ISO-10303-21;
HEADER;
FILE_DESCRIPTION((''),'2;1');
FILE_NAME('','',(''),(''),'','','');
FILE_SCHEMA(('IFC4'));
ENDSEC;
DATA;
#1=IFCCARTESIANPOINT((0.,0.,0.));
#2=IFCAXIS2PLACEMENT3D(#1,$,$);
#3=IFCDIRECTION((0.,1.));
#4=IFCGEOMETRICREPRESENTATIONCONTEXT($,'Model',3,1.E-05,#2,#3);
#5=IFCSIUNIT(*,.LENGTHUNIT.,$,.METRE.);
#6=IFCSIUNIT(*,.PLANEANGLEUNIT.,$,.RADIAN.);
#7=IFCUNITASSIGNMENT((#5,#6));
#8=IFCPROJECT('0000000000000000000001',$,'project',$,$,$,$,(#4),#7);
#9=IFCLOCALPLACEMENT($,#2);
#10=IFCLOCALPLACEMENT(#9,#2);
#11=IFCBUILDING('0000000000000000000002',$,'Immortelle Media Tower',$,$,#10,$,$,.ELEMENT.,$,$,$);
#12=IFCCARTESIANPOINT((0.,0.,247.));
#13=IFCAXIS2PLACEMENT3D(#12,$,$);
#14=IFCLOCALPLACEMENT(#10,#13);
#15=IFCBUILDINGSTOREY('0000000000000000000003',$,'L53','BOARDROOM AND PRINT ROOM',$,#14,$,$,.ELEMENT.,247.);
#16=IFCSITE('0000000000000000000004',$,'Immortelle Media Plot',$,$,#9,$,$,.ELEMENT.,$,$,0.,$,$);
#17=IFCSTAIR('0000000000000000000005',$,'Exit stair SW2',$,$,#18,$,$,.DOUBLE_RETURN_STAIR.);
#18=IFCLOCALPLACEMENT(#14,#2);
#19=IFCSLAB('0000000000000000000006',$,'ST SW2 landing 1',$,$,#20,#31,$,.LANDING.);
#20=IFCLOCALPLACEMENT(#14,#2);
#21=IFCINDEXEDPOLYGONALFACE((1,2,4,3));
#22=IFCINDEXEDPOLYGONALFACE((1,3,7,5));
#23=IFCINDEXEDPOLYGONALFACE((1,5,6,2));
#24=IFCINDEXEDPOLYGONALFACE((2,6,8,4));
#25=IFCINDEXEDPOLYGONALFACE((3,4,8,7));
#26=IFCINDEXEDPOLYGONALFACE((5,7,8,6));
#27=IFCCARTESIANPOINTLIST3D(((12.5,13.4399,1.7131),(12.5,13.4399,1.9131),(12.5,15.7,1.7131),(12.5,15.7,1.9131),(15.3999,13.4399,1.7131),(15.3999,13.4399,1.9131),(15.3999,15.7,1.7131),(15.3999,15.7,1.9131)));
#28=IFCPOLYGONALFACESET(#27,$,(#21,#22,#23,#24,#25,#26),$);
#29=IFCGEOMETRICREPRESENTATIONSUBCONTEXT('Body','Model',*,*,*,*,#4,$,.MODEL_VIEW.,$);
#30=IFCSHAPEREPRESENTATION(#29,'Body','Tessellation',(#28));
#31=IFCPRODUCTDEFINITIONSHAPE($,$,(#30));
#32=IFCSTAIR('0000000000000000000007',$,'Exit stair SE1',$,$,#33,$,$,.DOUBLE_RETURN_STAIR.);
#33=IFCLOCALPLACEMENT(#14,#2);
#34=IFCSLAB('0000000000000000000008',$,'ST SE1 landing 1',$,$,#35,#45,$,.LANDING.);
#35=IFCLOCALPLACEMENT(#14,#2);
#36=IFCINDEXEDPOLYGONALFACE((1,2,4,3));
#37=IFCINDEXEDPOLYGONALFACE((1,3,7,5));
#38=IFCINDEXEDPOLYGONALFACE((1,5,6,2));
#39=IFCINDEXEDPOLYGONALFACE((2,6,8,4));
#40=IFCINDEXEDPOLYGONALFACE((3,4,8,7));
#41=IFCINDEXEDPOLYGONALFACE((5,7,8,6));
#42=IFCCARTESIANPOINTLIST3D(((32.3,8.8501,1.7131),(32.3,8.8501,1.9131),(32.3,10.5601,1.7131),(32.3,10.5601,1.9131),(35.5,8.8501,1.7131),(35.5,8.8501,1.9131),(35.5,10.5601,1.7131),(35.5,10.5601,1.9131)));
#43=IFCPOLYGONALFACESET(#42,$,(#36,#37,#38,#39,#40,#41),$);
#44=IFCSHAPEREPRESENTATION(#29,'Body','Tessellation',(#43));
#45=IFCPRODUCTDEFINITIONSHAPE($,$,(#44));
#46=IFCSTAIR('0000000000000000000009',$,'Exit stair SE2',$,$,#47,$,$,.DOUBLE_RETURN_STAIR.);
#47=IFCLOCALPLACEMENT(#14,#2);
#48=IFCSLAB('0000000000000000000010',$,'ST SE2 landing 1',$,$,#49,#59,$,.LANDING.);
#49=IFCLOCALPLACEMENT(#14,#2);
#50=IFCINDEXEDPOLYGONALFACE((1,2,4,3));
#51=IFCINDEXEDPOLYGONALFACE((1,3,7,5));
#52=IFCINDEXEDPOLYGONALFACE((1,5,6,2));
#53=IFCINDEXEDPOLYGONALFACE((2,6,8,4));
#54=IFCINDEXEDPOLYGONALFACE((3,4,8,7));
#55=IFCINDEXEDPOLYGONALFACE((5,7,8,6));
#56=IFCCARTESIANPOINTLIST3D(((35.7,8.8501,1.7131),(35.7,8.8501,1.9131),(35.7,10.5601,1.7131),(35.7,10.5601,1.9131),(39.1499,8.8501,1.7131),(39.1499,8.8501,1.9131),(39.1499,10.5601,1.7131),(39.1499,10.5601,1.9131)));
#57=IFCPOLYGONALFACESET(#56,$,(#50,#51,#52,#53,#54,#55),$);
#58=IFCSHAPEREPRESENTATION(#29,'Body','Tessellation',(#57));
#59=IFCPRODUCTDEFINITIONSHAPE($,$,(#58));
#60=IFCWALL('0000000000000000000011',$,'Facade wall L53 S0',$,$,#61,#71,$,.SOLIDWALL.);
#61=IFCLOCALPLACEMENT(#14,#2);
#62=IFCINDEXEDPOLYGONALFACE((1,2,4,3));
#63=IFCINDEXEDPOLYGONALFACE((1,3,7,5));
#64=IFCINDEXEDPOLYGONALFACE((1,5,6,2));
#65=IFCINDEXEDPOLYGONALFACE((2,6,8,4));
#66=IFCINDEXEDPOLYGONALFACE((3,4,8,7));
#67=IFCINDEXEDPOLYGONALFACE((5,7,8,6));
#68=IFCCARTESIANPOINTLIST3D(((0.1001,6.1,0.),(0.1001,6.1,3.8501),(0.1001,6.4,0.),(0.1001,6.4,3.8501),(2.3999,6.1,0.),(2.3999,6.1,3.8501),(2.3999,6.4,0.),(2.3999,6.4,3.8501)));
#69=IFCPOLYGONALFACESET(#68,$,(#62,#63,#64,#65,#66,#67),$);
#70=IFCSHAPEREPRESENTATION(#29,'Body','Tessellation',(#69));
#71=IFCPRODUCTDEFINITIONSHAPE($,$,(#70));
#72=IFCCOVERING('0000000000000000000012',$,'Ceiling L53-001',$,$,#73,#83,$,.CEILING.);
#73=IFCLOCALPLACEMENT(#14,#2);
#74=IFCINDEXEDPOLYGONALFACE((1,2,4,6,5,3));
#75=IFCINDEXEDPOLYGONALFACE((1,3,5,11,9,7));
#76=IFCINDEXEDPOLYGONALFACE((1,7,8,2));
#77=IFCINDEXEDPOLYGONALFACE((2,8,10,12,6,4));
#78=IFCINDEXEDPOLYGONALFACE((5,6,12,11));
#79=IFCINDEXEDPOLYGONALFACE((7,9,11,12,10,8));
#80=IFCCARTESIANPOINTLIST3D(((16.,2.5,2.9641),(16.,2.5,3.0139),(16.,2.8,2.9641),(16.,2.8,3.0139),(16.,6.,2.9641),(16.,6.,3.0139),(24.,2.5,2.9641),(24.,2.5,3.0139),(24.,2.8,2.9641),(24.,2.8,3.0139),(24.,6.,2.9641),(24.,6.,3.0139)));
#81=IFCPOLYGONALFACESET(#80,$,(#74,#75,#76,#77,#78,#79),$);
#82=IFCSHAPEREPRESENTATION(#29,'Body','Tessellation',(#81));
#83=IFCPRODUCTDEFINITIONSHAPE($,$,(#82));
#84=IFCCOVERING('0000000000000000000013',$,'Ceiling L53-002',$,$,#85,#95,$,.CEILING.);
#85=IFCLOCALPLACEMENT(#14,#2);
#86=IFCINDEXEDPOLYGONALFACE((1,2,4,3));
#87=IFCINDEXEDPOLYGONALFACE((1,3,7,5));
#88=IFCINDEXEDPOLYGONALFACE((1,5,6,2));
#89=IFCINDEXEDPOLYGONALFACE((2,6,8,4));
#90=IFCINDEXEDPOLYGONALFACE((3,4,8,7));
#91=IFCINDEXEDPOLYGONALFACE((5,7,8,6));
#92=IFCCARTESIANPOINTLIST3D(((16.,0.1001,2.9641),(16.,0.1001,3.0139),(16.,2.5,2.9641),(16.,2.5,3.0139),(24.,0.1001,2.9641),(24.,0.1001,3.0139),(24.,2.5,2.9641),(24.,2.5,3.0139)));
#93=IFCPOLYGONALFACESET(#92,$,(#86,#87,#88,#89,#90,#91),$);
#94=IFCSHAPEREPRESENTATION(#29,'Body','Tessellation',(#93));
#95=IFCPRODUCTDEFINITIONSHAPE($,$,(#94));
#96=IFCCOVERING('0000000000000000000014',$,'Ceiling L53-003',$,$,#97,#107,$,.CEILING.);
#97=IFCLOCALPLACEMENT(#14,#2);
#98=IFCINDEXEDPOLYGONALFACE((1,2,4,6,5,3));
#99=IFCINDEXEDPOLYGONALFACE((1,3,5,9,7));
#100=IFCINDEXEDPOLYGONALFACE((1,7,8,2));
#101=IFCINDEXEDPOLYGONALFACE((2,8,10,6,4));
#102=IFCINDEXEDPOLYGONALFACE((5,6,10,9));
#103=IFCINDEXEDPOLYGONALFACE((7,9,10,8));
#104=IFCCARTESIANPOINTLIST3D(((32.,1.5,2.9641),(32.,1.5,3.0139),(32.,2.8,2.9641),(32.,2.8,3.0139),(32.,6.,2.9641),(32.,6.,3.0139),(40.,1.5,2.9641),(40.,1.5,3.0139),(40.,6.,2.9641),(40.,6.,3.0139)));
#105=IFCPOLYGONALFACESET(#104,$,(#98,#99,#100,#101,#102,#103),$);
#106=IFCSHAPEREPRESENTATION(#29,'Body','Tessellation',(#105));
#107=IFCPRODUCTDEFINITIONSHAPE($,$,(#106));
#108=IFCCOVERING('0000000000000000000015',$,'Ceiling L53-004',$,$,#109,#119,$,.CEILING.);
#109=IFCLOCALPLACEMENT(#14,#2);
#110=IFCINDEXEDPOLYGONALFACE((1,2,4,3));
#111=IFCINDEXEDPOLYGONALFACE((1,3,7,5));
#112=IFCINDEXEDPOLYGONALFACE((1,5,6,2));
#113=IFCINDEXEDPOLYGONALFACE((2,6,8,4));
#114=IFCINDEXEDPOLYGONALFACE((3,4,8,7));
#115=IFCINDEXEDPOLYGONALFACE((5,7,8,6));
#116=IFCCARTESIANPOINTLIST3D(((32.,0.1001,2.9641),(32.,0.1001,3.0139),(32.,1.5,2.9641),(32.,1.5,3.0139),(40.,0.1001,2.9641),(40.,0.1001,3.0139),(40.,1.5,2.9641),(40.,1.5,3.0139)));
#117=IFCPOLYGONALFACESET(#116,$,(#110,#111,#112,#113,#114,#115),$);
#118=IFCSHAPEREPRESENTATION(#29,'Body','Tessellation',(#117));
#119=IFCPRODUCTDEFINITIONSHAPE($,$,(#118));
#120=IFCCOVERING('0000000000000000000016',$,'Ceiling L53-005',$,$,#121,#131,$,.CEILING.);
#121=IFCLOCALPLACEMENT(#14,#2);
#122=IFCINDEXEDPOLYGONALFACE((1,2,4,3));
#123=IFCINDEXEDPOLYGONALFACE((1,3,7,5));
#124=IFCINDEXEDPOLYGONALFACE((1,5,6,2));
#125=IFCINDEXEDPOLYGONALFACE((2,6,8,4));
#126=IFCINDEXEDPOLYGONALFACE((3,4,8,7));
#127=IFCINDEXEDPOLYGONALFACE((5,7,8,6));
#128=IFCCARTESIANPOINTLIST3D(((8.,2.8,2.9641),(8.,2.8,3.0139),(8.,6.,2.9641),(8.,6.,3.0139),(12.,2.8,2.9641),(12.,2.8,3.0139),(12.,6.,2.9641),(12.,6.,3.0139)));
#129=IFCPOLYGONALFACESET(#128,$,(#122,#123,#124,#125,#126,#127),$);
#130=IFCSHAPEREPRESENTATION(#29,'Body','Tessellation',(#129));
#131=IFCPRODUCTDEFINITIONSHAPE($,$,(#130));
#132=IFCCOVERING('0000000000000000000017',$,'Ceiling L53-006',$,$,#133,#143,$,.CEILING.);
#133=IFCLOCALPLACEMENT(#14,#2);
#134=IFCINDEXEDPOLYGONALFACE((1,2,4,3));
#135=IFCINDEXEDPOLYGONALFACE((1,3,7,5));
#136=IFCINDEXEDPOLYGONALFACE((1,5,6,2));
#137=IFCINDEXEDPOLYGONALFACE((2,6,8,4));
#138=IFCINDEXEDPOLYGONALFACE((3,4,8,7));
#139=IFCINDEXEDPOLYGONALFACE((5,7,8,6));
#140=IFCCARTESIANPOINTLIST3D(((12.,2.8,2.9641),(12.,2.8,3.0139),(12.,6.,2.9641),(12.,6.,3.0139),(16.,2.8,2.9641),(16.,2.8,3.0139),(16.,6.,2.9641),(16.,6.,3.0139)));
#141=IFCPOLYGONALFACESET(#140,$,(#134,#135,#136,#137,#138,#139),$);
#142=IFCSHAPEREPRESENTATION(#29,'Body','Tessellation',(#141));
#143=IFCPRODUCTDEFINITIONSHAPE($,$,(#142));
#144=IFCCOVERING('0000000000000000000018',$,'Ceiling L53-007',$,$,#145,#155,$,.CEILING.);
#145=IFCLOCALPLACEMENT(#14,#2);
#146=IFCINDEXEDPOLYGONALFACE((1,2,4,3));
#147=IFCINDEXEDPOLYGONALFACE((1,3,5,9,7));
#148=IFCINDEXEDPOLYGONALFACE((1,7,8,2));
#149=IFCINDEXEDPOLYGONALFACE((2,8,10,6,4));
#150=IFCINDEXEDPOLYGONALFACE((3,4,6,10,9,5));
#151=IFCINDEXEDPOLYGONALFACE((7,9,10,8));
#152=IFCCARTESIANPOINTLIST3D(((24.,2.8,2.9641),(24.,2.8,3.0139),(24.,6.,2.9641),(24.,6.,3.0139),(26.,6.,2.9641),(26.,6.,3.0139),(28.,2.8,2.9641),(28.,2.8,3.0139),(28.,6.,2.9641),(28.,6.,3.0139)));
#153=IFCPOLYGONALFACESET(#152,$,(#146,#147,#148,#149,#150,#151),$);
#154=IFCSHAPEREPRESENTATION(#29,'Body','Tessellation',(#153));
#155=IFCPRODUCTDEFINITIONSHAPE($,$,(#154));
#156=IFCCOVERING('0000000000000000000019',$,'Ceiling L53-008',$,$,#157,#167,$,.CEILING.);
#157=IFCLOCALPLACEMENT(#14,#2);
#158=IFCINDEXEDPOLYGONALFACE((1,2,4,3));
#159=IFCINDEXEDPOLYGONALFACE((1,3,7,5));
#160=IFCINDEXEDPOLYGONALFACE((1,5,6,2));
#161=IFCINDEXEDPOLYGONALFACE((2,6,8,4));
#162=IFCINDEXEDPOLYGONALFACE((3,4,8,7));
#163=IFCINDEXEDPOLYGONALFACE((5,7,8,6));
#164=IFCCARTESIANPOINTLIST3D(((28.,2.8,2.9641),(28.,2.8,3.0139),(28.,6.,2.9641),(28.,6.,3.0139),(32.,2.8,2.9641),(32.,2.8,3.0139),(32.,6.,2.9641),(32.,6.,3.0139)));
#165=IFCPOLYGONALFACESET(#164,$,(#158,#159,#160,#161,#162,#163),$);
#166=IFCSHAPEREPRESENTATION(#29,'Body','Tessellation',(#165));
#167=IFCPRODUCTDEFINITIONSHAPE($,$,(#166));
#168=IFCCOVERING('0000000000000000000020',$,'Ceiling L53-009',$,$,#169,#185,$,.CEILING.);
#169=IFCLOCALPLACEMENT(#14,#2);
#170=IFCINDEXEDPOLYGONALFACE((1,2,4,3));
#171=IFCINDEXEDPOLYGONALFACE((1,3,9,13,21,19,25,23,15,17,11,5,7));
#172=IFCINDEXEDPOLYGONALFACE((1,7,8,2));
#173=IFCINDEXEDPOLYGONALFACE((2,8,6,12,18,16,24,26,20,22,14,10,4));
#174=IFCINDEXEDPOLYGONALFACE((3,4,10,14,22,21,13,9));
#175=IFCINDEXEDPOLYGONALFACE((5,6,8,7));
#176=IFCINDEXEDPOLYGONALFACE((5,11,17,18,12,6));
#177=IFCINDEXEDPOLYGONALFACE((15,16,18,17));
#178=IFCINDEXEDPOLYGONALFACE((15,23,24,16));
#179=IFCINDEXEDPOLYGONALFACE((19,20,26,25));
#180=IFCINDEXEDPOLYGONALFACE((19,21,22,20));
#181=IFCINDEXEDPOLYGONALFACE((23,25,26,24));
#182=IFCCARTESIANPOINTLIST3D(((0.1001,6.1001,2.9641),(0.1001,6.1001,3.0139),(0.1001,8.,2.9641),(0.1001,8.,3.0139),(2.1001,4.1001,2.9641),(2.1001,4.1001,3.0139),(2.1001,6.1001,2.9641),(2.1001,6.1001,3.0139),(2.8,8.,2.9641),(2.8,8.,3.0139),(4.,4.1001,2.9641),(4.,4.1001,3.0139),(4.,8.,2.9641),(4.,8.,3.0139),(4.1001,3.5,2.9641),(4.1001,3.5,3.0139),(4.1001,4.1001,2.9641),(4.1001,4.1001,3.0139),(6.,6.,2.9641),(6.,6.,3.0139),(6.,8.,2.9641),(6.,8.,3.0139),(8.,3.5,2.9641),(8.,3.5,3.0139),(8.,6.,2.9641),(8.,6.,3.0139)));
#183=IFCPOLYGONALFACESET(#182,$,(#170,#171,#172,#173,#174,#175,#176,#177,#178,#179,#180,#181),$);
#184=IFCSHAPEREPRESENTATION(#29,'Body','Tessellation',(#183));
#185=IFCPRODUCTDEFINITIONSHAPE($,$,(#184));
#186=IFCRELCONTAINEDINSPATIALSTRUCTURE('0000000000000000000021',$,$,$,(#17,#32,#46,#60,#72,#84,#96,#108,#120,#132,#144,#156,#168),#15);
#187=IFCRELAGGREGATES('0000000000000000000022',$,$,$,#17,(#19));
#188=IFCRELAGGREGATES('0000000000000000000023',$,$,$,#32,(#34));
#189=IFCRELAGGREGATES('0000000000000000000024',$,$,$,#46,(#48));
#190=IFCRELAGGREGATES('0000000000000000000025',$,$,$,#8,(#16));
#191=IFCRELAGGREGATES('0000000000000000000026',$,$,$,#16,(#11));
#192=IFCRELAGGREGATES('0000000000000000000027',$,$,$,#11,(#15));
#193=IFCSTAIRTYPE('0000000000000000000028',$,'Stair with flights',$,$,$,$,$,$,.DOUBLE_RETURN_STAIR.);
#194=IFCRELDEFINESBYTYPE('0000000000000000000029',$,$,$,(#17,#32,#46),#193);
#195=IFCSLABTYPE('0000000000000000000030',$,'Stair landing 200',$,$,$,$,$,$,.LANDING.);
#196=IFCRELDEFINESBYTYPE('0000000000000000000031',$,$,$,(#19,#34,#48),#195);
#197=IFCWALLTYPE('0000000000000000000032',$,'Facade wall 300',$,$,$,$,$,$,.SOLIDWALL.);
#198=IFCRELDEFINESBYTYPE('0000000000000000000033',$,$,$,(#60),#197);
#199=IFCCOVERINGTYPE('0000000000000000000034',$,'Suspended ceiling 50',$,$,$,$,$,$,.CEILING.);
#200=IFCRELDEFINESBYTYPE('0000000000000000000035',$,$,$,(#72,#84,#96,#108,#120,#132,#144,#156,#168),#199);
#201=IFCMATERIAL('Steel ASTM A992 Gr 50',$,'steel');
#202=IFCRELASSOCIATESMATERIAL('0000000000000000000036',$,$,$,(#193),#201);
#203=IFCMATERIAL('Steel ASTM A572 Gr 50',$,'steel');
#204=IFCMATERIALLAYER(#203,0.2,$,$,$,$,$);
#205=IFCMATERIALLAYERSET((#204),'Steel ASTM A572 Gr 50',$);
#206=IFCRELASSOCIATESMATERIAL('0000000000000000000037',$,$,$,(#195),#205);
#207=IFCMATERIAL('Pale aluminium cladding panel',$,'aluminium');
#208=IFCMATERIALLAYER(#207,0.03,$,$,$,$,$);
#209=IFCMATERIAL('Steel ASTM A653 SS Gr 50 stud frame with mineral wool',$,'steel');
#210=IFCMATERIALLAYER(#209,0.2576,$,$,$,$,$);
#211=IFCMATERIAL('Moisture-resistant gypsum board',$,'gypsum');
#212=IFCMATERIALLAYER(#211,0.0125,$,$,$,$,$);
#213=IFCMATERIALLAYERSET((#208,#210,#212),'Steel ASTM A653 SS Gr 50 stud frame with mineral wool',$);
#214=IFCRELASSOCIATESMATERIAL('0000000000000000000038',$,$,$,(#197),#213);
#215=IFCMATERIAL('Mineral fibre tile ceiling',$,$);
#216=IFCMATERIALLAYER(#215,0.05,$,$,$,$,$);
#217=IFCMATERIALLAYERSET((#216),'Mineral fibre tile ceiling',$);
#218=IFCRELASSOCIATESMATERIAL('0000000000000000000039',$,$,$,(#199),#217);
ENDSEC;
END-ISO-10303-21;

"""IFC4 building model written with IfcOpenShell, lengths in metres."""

from ifc_helpers import new_model, si_unit, direction, frame, frame_2d, origin, place, context, subcontext, project, spatial, polyline, rectangle, outline, extrude, material, layer, layer_set, type_object, element, aggregate, save


model = new_model("IFC4")

# Units and contexts
model_context = context("Model", 3, precision=1e-05, world=origin(), true_north=direction((0.0, 1.0)))
body_context = subcontext(model_context, "Body", "Model", "MODEL_VIEW")
ifc_project = project(units=[si_unit("LENGTHUNIT", "METRE"), si_unit("PLANEANGLEUNIT", "RADIAN")], contexts=[model_context])

# Site, building, storey
site_placement = place(None, origin())
site = spatial("IfcSite", under=ifc_project, at=site_placement, Name="Immortelle Media Plot", CompositionType="ELEMENT", RefElevation=0.0)
building_placement = place(site_placement, origin())
building = spatial("IfcBuilding", under=site, at=building_placement, Name="Immortelle Media Tower", CompositionType="ELEMENT")
storey_placement = place(building_placement, frame((0.0, 0.0, 247.0)))
storey = spatial("IfcBuildingStorey", under=building, at=storey_placement, Name="L53", Description="BOARDROOM AND PRINT ROOM", CompositionType="ELEMENT", Elevation=247.0)

# Shared definitions
ifc_material_1 = material(Name="Steel ASTM A992 Gr 50", Category="steel")

# Stairs, slabs
stair_type = type_object("IfcStairType", Name="Stair with flights", PredefinedType="DOUBLE_RETURN_STAIR", material=ifc_material_1)
ifc_material_2 = material(Name="Steel ASTM A572 Gr 50", Category="steel")
ifc_layer_1 = layer(ifc_material_2, 0.2)
ifc_layer_set_1 = layer_set([ifc_layer_1], Name="Steel ASTM A572 Gr 50")
slab_type_1 = type_object("IfcSlabType", Name="Stair landing 200", PredefinedType="LANDING", material=ifc_layer_set_1)
stair_1_placement = place(storey_placement, origin())
stair_1 = element("IfcStair", 1, at=stair_1_placement, inside=storey, type_object=stair_type, Name="Exit stair SW2", PredefinedType="DOUBLE_RETURN_STAIR")
slab_1_placement = place(storey_placement, frame((0.0, 0.0, 1.7131)))
slab_1 = element("IfcSlab", 2, at=slab_1_placement, type_object=slab_type_1, Name="ST SW2 landing 1", PredefinedType="LANDING", context=body_context, shape_type="SweptSolid", body=[
    extrude(outline(polyline([(12.5, 13.4399), (15.3999, 13.4399), (15.3999, 15.7), (12.5, 15.7), (12.5, 13.4399)])), origin(), (0.0, 0.0, 1.0), 0.2),
])
aggregate(stair_1, [slab_1])
stair_2_placement = place(storey_placement, origin())
stair_2 = element("IfcStair", 3, at=stair_2_placement, inside=storey, type_object=stair_type, Name="Exit stair SE1", PredefinedType="DOUBLE_RETURN_STAIR")
slab_2_placement = place(storey_placement, frame((0.0, 0.0, 1.7131)))
slab_2 = element("IfcSlab", 4, at=slab_2_placement, type_object=slab_type_1, Name="ST SE1 landing 1", PredefinedType="LANDING", context=body_context, shape_type="SweptSolid", body=[
    extrude(outline(polyline([(32.3, 8.8501), (35.5, 8.8501), (35.5, 10.5601), (32.3, 10.5601), (32.3, 8.8501)])), origin(), (0.0, 0.0, 1.0), 0.2),
])
aggregate(stair_2, [slab_2])
stair_3_placement = place(storey_placement, origin())
stair_3 = element("IfcStair", 5, at=stair_3_placement, inside=storey, type_object=stair_type, Name="Exit stair SE2", PredefinedType="DOUBLE_RETURN_STAIR")
slab_3_placement = place(storey_placement, frame((0.0, 0.0, 1.7131)))
slab_3 = element("IfcSlab", 6, at=slab_3_placement, type_object=slab_type_1, Name="ST SE2 landing 1", PredefinedType="LANDING", context=body_context, shape_type="SweptSolid", body=[
    extrude(outline(polyline([(35.7, 8.8501), (39.1499, 8.8501), (39.1499, 10.5601), (35.7, 10.5601), (35.7, 8.8501)])), origin(), (0.0, 0.0, 1.0), 0.2),
])
aggregate(stair_3, [slab_3])

# Wall
ifc_material_3 = material(Name="Pale aluminium cladding panel", Category="aluminium")
ifc_layer_2 = layer(ifc_material_3, 0.03)
ifc_material_4 = material(Name="Steel ASTM A653 SS Gr 50 stud frame with mineral wool", Category="steel")
ifc_layer_3 = layer(ifc_material_4, 0.2576)
ifc_material_5 = material(Name="Moisture-resistant gypsum board", Category="gypsum")
ifc_layer_4 = layer(ifc_material_5, 0.0125)
ifc_layer_set_2 = layer_set([ifc_layer_2, ifc_layer_3, ifc_layer_4], Name="Steel ASTM A653 SS Gr 50 stud frame with mineral wool")
wall_type = type_object("IfcWallType", Name="Facade wall 300", PredefinedType="SOLIDWALL", material=ifc_layer_set_2)
wall_placement = place(storey_placement, frame((0.1001, 6.25, 0.0), z_axis=(0.0, 0.0, 1.0), x_axis=(1.0, 0.0, 0.0)))
element("IfcWall", 7, at=wall_placement, inside=storey, type_object=wall_type, Name="Facade wall L53 S0", PredefinedType="SOLIDWALL", context=body_context, shape_type="SweptSolid", body=[
    extrude(rectangle(XDim=2.2998, YDim=0.3, at=frame_2d((1.1499, 0.0))), origin(), (0.0, 0.0, 1.0), 3.8501),
])

# Coverings
ifc_material_6 = material(Name="Mineral fibre tile ceiling")
ifc_layer_5 = layer(ifc_material_6, 0.05)
ifc_layer_set_3 = layer_set([ifc_layer_5], Name="Mineral fibre tile ceiling")
covering_type = type_object("IfcCoveringType", Name="Suspended ceiling 50", PredefinedType="CEILING", material=ifc_layer_set_3)
covering_1_placement = place(storey_placement, frame((0.0, 0.0, 2.9641)))
element("IfcCovering", 8, at=covering_1_placement, inside=storey, type_object=covering_type, Name="Ceiling L53-001", PredefinedType="CEILING", context=body_context, shape_type="SweptSolid", body=[
    extrude(outline(polyline([(16.0, 2.8), (16.0, 6.0), (24.0, 6.0), (24.0, 2.8), (24.0, 2.5), (16.0, 2.5), (16.0, 2.8)])), origin(), (0.0, 0.0, 1.0), 0.0498),
])
covering_2_placement = place(storey_placement, frame((0.0, 0.0, 2.9641)))
element("IfcCovering", 9, at=covering_2_placement, inside=storey, type_object=covering_type, Name="Ceiling L53-002", PredefinedType="CEILING", context=body_context, shape_type="SweptSolid", body=[
    extrude(outline(polyline([(16.0, 2.5), (24.0, 2.5), (24.0, 0.1001), (16.0, 0.1001), (16.0, 2.5)])), origin(), (0.0, 0.0, 1.0), 0.0498),
])
covering_3_placement = place(storey_placement, frame((0.0, 0.0, 2.9641)))
element("IfcCovering", 10, at=covering_3_placement, inside=storey, type_object=covering_type, Name="Ceiling L53-003", PredefinedType="CEILING", context=body_context, shape_type="SweptSolid", body=[
    extrude(outline(polyline([(32.0, 2.8), (32.0, 6.0), (40.0, 6.0), (40.0, 1.5), (32.0, 1.5), (32.0, 2.8)])), origin(), (0.0, 0.0, 1.0), 0.0498),
])
covering_4_placement = place(storey_placement, frame((0.0, 0.0, 2.9641)))
element("IfcCovering", 11, at=covering_4_placement, inside=storey, type_object=covering_type, Name="Ceiling L53-004", PredefinedType="CEILING", context=body_context, shape_type="SweptSolid", body=[
    extrude(outline(polyline([(32.0, 1.5), (40.0, 1.5), (40.0, 0.1001), (32.0, 0.1001), (32.0, 1.5)])), origin(), (0.0, 0.0, 1.0), 0.0498),
])
covering_5_placement = place(storey_placement, frame((0.0, 0.0, 2.9641)))
element("IfcCovering", 12, at=covering_5_placement, inside=storey, type_object=covering_type, Name="Ceiling L53-005", PredefinedType="CEILING", context=body_context, shape_type="SweptSolid", body=[
    extrude(outline(polyline([(8.0, 6.0), (12.0, 6.0), (12.0, 2.8), (8.0, 2.8), (8.0, 6.0)])), origin(), (0.0, 0.0, 1.0), 0.0498),
])
covering_6_placement = place(storey_placement, frame((0.0, 0.0, 2.9641)))
element("IfcCovering", 13, at=covering_6_placement, inside=storey, type_object=covering_type, Name="Ceiling L53-006", PredefinedType="CEILING", context=body_context, shape_type="SweptSolid", body=[
    extrude(outline(polyline([(16.0, 6.0), (16.0, 2.8), (12.0, 2.8), (12.0, 6.0), (16.0, 6.0)])), origin(), (0.0, 0.0, 1.0), 0.0498),
])
covering_7_placement = place(storey_placement, frame((0.0, 0.0, 2.9641)))
element("IfcCovering", 14, at=covering_7_placement, inside=storey, type_object=covering_type, Name="Ceiling L53-007", PredefinedType="CEILING", context=body_context, shape_type="SweptSolid", body=[
    extrude(outline(polyline([(24.0, 6.0), (26.0, 6.0), (28.0, 6.0), (28.0, 2.8), (24.0, 2.8), (24.0, 6.0)])), origin(), (0.0, 0.0, 1.0), 0.0498),
])
covering_8_placement = place(storey_placement, frame((0.0, 0.0, 2.9641)))
element("IfcCovering", 15, at=covering_8_placement, inside=storey, type_object=covering_type, Name="Ceiling L53-008", PredefinedType="CEILING", context=body_context, shape_type="SweptSolid", body=[
    extrude(outline(polyline([(32.0, 6.0), (32.0, 2.8), (28.0, 2.8), (28.0, 6.0), (32.0, 6.0)])), origin(), (0.0, 0.0, 1.0), 0.0498),
])
covering_9_placement = place(storey_placement, frame((0.0, 0.0, 2.9641)))
element("IfcCovering", 16, at=covering_9_placement, inside=storey, type_object=covering_type, Name="Ceiling L53-009", PredefinedType="CEILING", context=body_context, shape_type="SweptSolid", body=[
    extrude(outline(polyline([(4.1001, 4.1001), (4.0, 4.1001), (2.1001, 4.1001), (2.1001, 6.1001), (0.1001, 6.1001), (0.1001, 8.0), (2.8, 8.0), (4.0, 8.0), (6.0, 8.0), (6.0, 6.0), (8.0, 6.0), (8.0, 3.5), (4.1001, 3.5), (4.1001, 4.1001)])), origin(), (0.0, 0.0, 1.0), 0.0498),
])

save(model, "model.ifc")
